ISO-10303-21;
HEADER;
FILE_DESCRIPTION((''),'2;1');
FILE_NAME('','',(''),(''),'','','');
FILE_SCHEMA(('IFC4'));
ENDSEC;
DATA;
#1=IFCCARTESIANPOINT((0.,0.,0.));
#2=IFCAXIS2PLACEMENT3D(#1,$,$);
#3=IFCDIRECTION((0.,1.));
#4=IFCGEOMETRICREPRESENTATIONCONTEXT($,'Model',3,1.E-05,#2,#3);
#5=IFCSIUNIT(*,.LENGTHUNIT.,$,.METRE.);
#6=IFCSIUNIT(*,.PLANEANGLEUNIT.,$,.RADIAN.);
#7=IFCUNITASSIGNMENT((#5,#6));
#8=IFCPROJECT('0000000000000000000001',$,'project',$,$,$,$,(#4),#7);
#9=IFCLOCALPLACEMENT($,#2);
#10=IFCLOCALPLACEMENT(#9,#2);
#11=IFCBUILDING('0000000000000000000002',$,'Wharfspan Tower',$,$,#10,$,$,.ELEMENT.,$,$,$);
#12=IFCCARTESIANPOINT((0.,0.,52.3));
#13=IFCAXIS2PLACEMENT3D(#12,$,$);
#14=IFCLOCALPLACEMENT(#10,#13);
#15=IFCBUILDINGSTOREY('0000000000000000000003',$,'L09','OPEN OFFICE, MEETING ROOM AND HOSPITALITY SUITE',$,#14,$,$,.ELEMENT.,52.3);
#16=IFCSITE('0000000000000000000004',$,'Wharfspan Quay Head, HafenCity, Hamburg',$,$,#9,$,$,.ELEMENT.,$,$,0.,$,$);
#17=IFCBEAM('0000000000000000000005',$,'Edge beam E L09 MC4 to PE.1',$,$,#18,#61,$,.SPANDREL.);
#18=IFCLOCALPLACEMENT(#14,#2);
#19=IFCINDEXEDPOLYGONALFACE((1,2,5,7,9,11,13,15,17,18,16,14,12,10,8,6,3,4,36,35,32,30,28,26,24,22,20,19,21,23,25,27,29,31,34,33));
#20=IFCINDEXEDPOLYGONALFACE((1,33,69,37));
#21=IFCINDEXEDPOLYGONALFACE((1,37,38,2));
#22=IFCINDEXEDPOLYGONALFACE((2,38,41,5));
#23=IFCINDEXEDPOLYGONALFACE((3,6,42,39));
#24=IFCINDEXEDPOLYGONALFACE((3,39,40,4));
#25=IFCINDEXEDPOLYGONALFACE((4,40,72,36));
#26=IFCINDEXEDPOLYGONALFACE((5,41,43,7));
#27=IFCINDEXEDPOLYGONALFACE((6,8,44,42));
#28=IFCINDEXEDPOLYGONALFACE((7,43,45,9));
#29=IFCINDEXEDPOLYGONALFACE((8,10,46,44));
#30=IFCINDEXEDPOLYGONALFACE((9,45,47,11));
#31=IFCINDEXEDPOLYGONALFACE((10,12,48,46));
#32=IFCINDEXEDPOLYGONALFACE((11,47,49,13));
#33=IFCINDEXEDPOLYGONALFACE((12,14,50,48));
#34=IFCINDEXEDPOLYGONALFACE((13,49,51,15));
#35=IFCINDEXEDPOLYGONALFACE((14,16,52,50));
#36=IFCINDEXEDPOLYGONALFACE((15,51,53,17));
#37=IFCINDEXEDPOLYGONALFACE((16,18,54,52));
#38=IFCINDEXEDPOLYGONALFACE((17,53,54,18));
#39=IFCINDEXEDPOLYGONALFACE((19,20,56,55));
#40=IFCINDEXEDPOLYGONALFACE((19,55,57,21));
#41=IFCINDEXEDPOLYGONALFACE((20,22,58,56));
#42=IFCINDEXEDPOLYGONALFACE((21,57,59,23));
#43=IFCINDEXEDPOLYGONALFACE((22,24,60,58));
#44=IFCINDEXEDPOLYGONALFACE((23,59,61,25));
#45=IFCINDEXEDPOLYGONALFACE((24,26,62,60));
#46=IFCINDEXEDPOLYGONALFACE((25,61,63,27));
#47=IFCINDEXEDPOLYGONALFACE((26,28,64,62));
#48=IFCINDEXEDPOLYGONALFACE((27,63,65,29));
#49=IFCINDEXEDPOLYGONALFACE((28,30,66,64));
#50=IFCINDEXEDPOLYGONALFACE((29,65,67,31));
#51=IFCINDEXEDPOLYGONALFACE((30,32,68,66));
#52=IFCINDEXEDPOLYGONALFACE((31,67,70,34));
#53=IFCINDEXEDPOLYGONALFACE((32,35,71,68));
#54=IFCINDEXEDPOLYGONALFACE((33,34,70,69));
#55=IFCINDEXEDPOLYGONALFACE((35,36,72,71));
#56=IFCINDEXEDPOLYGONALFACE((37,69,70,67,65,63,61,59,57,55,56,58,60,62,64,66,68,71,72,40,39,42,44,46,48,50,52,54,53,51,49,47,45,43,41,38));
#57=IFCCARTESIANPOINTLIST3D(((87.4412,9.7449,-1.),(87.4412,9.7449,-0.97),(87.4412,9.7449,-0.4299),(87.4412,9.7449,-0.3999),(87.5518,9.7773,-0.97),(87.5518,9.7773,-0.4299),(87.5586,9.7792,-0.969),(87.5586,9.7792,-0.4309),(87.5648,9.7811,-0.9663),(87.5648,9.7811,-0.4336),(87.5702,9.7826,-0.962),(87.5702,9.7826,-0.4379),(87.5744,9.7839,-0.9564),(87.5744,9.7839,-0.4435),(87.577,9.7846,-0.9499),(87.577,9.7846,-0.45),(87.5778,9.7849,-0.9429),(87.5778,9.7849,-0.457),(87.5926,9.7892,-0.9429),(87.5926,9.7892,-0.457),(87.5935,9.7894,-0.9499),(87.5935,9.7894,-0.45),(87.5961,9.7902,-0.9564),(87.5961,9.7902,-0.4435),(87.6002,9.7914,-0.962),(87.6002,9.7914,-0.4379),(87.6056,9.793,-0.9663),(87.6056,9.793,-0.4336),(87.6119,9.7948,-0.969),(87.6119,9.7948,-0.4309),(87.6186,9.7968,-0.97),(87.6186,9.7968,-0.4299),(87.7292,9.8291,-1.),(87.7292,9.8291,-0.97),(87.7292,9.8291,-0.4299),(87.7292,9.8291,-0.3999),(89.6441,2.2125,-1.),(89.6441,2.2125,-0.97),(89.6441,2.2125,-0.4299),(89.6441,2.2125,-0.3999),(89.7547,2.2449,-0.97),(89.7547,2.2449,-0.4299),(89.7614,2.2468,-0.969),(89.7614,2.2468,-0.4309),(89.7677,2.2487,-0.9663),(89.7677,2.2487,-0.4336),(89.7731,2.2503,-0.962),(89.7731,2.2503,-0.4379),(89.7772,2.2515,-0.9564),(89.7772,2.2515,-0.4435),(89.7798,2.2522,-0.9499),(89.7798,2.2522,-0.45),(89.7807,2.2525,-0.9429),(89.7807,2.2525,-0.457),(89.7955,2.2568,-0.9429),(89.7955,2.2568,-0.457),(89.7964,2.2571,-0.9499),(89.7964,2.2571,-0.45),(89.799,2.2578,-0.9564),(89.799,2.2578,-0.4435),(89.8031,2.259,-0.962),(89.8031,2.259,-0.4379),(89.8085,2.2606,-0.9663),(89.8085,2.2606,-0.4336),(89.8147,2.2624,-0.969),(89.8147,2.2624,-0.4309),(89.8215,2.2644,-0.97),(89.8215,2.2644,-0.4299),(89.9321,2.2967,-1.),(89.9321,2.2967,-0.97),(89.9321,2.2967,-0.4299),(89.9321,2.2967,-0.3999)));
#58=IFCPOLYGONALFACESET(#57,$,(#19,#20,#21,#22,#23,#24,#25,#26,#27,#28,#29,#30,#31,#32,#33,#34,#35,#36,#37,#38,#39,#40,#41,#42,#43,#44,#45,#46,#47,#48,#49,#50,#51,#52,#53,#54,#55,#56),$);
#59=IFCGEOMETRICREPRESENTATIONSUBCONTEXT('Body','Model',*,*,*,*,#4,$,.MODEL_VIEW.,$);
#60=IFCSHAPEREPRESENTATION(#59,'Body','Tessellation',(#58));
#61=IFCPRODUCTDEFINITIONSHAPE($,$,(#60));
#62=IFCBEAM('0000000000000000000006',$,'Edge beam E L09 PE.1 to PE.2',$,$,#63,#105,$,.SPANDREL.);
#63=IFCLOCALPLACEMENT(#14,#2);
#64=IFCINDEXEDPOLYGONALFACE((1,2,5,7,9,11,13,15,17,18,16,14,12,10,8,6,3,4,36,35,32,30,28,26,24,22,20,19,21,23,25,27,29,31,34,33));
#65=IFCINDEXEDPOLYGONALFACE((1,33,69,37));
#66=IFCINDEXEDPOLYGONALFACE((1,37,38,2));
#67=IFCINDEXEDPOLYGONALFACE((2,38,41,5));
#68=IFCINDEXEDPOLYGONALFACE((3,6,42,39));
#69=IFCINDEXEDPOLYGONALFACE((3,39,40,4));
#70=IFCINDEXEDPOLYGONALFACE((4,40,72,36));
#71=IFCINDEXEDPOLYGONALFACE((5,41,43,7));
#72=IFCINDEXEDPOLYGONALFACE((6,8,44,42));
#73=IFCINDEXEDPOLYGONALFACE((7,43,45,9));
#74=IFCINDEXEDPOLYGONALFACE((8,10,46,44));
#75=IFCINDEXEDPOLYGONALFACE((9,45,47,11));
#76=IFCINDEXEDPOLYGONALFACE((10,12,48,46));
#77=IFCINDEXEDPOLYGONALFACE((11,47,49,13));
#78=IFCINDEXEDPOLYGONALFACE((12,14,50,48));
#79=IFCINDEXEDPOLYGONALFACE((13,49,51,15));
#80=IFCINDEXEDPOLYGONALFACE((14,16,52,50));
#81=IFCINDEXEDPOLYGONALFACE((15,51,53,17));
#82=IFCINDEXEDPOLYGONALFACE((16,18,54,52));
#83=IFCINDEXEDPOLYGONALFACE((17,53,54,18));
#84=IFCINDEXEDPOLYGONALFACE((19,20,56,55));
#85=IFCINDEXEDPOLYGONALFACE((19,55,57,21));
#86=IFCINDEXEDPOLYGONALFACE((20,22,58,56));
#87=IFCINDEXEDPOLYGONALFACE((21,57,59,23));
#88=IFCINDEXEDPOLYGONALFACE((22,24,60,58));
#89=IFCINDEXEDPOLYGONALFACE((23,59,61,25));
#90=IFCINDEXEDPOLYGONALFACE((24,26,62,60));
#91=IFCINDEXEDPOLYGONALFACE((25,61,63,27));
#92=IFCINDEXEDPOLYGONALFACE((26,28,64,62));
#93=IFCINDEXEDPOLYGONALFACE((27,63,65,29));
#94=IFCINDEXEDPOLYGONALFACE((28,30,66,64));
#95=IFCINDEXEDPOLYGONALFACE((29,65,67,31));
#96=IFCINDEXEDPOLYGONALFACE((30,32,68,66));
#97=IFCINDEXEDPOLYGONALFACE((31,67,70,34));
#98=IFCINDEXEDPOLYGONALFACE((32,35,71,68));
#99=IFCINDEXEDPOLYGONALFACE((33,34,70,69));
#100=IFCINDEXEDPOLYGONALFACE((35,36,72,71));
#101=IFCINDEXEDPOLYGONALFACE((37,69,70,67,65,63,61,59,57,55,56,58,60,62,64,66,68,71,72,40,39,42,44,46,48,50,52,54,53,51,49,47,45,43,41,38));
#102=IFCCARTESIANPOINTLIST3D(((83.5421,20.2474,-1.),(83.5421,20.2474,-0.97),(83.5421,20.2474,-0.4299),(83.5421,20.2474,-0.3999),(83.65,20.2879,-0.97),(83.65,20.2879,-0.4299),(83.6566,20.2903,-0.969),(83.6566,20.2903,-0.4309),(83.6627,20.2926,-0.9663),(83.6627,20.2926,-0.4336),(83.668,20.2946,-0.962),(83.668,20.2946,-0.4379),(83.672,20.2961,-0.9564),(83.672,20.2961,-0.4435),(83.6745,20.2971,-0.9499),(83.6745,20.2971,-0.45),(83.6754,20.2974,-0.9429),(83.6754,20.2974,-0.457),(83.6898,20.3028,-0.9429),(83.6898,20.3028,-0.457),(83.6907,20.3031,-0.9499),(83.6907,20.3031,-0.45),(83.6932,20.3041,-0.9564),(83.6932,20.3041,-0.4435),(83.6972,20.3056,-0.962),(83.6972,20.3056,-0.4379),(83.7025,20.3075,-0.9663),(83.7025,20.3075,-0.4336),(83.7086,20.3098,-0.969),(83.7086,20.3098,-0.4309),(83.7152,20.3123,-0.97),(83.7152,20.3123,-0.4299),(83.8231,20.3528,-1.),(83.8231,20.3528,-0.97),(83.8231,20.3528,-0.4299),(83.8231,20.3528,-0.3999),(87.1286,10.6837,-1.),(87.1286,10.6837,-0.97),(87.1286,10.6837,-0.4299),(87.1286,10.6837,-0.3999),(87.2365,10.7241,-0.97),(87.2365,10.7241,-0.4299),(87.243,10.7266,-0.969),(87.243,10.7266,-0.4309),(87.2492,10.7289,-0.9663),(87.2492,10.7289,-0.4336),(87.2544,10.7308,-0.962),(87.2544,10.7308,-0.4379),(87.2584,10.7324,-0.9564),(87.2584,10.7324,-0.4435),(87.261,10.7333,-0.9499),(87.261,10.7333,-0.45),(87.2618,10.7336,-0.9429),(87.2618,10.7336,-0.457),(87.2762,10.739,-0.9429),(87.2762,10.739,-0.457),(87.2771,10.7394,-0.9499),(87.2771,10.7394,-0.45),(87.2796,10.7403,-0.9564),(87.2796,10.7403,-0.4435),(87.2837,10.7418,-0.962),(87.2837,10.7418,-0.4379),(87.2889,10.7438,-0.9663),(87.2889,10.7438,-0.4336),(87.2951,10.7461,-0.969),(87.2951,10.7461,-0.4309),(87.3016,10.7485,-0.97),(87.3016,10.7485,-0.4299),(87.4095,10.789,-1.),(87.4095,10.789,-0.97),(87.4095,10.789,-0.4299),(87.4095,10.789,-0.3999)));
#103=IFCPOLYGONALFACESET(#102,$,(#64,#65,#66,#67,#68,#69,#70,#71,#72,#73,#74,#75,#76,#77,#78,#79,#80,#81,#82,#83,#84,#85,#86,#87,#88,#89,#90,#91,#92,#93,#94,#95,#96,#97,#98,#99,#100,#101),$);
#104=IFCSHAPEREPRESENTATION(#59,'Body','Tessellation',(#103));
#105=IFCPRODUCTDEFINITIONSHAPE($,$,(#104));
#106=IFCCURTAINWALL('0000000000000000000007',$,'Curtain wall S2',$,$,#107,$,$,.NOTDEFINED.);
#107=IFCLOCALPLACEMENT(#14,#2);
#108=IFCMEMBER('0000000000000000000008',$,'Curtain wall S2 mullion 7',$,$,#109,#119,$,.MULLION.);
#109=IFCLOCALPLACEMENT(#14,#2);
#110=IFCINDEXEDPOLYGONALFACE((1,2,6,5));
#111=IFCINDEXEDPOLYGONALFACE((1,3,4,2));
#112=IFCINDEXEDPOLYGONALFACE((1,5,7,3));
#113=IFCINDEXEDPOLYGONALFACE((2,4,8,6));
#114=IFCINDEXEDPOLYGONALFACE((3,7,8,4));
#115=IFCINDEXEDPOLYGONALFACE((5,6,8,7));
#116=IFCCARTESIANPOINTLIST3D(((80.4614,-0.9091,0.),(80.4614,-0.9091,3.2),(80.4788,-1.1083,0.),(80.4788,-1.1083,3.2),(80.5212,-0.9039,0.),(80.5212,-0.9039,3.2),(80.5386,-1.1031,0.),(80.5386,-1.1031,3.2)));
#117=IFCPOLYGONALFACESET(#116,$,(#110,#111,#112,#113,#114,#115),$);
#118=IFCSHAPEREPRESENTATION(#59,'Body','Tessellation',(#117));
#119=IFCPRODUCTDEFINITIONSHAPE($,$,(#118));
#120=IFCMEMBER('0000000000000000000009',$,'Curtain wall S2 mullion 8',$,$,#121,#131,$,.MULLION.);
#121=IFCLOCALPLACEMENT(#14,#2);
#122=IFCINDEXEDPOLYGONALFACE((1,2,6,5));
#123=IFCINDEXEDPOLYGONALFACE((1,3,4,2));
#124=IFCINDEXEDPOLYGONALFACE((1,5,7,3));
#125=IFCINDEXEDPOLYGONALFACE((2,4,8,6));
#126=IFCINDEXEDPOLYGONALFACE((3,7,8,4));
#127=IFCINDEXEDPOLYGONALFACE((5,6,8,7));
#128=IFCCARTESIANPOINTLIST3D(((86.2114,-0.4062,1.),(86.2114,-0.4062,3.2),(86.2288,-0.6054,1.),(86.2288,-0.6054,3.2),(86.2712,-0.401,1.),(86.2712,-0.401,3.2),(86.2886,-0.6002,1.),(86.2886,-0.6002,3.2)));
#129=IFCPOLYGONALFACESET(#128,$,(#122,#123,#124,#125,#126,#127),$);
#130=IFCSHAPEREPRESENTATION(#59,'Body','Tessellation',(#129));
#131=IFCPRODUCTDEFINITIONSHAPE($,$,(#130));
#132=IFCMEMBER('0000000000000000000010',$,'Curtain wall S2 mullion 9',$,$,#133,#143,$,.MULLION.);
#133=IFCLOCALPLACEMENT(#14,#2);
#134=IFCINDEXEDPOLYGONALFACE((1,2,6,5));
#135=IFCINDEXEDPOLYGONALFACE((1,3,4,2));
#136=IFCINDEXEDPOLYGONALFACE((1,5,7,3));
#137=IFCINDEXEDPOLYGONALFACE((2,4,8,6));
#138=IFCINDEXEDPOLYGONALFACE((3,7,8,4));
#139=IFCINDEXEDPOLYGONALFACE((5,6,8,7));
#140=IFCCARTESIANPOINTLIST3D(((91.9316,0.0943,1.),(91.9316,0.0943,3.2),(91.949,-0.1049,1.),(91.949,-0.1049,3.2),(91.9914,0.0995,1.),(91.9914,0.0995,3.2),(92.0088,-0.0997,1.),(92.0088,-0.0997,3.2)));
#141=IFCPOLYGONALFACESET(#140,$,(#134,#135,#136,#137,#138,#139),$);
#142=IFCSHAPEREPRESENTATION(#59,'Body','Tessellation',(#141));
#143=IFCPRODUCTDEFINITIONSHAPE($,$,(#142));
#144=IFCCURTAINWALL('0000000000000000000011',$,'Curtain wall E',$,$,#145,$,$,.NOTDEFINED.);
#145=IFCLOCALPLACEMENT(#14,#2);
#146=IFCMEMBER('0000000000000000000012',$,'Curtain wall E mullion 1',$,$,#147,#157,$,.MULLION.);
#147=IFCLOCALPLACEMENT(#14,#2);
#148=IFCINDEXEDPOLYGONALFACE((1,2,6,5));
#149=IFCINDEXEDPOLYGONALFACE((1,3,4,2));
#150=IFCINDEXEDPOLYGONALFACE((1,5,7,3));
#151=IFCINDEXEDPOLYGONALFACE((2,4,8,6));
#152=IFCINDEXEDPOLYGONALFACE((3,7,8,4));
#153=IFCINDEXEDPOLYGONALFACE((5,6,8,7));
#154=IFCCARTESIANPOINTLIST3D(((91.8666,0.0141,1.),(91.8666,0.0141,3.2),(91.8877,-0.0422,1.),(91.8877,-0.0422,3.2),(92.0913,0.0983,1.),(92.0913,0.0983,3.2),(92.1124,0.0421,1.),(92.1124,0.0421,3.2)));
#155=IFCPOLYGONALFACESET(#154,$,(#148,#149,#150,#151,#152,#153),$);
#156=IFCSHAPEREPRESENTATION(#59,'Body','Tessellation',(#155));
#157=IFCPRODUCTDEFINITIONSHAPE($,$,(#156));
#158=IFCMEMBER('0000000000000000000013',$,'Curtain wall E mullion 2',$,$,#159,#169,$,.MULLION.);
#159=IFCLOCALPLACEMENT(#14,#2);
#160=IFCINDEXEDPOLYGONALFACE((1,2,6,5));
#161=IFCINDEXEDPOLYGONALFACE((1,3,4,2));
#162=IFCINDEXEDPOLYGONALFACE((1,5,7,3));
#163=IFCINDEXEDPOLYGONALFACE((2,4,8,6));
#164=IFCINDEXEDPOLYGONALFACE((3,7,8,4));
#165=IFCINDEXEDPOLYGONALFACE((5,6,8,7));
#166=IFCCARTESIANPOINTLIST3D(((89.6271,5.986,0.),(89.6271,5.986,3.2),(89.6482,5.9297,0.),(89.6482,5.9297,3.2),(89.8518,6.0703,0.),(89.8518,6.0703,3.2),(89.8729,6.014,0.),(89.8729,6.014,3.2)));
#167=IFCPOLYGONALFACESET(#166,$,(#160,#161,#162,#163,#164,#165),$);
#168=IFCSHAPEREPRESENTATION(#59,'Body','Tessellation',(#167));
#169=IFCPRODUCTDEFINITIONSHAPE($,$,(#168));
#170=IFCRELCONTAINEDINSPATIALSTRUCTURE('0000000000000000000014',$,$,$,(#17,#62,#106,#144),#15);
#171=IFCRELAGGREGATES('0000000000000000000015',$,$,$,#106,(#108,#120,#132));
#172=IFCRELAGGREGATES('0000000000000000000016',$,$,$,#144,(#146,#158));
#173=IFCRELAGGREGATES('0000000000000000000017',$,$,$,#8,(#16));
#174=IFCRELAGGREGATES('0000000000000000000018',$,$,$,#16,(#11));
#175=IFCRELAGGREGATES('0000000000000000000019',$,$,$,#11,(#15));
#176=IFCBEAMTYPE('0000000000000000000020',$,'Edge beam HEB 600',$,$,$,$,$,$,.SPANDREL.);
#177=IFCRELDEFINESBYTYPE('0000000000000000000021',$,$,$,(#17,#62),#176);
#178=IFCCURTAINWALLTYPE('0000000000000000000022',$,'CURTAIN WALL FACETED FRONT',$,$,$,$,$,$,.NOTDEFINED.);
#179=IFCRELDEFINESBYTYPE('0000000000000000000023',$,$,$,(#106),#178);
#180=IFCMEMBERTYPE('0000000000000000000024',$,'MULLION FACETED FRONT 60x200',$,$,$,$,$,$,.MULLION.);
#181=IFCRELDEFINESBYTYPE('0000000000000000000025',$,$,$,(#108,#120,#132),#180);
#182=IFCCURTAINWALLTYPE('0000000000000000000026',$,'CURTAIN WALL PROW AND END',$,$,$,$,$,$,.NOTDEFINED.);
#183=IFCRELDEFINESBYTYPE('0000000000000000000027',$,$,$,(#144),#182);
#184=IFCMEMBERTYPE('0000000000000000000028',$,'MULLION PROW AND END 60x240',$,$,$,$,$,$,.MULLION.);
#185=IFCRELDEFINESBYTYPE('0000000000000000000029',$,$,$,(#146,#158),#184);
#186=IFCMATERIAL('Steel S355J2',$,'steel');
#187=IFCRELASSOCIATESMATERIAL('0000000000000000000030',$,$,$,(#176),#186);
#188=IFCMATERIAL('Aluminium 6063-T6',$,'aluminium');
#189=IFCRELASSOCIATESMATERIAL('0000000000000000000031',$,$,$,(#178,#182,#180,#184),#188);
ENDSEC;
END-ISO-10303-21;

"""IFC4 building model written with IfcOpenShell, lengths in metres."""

from ifc_helpers import new_model, si_unit, direction, frame, origin, origin_2d, place, context, subcontext, project, spatial, rectangle, i_section, extrude, material, material_profile, profile_set, type_object, element, aggregate, save


model = new_model("IFC4")

# Units and contexts
model_context = context("Model", 3, precision=1e-05, world=origin(), true_north=direction((0.0, 1.0)))
body_context = subcontext(model_context, "Body", "Model", "MODEL_VIEW")
ifc_project = project(units=[si_unit("LENGTHUNIT", "METRE"), si_unit("PLANEANGLEUNIT", "RADIAN")], contexts=[model_context])

# Site, building, storey
site_placement = place(None, origin())
site = spatial("IfcSite", under=ifc_project, at=site_placement, Name="Wharfspan Quay Head, HafenCity, Hamburg", CompositionType="ELEMENT", RefElevation=0.0)
building_placement = place(site_placement, origin())
building = spatial("IfcBuilding", under=site, at=building_placement, Name="Wharfspan Tower", CompositionType="ELEMENT")
storey_placement = place(building_placement, frame((0.0, 0.0, 52.3)))
storey = spatial("IfcBuildingStorey", under=building, at=storey_placement, Name="L09", Description="OPEN OFFICE, MEETING ROOM AND HOSPITALITY SUITE", CompositionType="ELEMENT", Elevation=52.3)

# Shared definitions
ifc_material_1 = material(Name="Steel S355J2", Category="steel")

# Beams
ifc_material_profile_1 = material_profile(ifc_material_1, i_section(OverallWidth=0.3, OverallDepth=0.6001, WebThickness=0.0154, FlangeThickness=0.03, FilletRadius=0.0271, at=origin_2d()))
ifc_profile_set_1 = profile_set([ifc_material_profile_1], Name="Steel S355J2")
beam_type = type_object("IfcBeamType", Name="Edge beam HEB 600", PredefinedType="SPANDREL", material=ifc_profile_set_1)
beam_1_placement = place(storey_placement, frame((89.7881, 2.2546, -0.7), z_axis=(-0.280694, 0.959797, 0.0), x_axis=(-0.959797, -0.280694, 0.0)))
element("IfcBeam", 1, at=beam_1_placement, inside=storey, type_object=beam_type, Name="Edge beam E L09 MC4 to PE.1", PredefinedType="SPANDREL", context=body_context, shape_type="SweptSolid", body=[
    extrude(i_section(OverallWidth=0.3, OverallDepth=0.6001, WebThickness=0.0154, FlangeThickness=0.03, FilletRadius=0.0271, at=origin_2d()), origin(), (0.0, 0.0, 1.0), 7.8479),
])
beam_2_placement = place(storey_placement, frame((87.269, 10.7363, -0.7), z_axis=(-0.351126, 0.936328, 0.0), x_axis=(-0.936328, -0.351126, 0.0)))
element("IfcBeam", 2, at=beam_2_placement, inside=storey, type_object=beam_type, Name="Edge beam E L09 PE.1 to PE.2", PredefinedType="SPANDREL", context=body_context, shape_type="SweptSolid", body=[
    extrude(i_section(OverallWidth=0.3, OverallDepth=0.6001, WebThickness=0.0154, FlangeThickness=0.03, FilletRadius=0.0271, at=origin_2d()), origin(), (0.0, 0.0, 1.0), 10.2141),
])

# Curtain walls, members
ifc_material_2 = material(Name="Aluminium 6063-T6", Category="aluminium")
curtain_wall_type_1 = type_object("IfcCurtainWallType", Name="CURTAIN WALL FACETED FRONT", PredefinedType="NOTDEFINED", material=ifc_material_2)
curtain_wall_1_placement = place(storey_placement, origin())
curtain_wall_1 = element("IfcCurtainWall", 3, at=curtain_wall_1_placement, inside=storey, type_object=curtain_wall_type_1, Name="Curtain wall S2", PredefinedType="NOTDEFINED")
ifc_material_profile_2 = material_profile(ifc_material_2, rectangle(XDim=0.2, YDim=0.0601, at=origin_2d()))
ifc_profile_set_2 = profile_set([ifc_material_profile_2], Name="Aluminium 6063-T6")
member_type_1 = type_object("IfcMemberType", Name="MULLION FACETED FRONT 60x200", PredefinedType="MULLION", material=ifc_profile_set_2)
member_1_placement = place(storey_placement, frame((80.5, -1.0061, 0.0), z_axis=(0.0, 0.0, 1.0), x_axis=(-0.087156, 0.996197, 0.0)))
member_1 = element("IfcMember", 4, at=member_1_placement, type_object=member_type_1, Name="Curtain wall S2 mullion 7", PredefinedType="MULLION", context=body_context, shape_type="SweptSolid", body=[
    extrude(rectangle(XDim=0.2, YDim=0.0601, at=origin_2d()), origin(), (0.0, 0.0, 1.0), 3.2),
])
member_2_placement = place(storey_placement, frame((86.25, -0.5032, 1.0), z_axis=(0.0, 0.0, 1.0), x_axis=(-0.087156, 0.996197, 0.0)))
member_2 = element("IfcMember", 5, at=member_2_placement, type_object=member_type_1, Name="Curtain wall S2 mullion 8", PredefinedType="MULLION", context=body_context, shape_type="SweptSolid", body=[
    extrude(rectangle(XDim=0.2, YDim=0.0601, at=origin_2d()), origin(), (0.0, 0.0, 1.0), 2.2),
])
member_3_placement = place(storey_placement, frame((91.9702, -0.0027, 1.0), z_axis=(0.0, 0.0, 1.0), x_axis=(-0.087156, 0.996197, 0.0)))
member_3 = element("IfcMember", 6, at=member_3_placement, type_object=member_type_1, Name="Curtain wall S2 mullion 9", PredefinedType="MULLION", context=body_context, shape_type="SweptSolid", body=[
    extrude(rectangle(XDim=0.2, YDim=0.0601, at=origin_2d()), origin(), (0.0, 0.0, 1.0), 2.2),
])
curtain_wall_type_2 = type_object("IfcCurtainWallType", Name="CURTAIN WALL PROW AND END", PredefinedType="NOTDEFINED", material=ifc_material_2)
curtain_wall_2_placement = place(storey_placement, origin())
curtain_wall_2 = element("IfcCurtainWall", 7, at=curtain_wall_2_placement, inside=storey, type_object=curtain_wall_type_2, Name="Curtain wall E", PredefinedType="NOTDEFINED")
ifc_material_profile_3 = material_profile(ifc_material_2, rectangle(XDim=0.24, YDim=0.0601, at=origin_2d()))
ifc_profile_set_3 = profile_set([ifc_material_profile_3], Name="Aluminium 6063-T6")
member_type_2 = type_object("IfcMemberType", Name="MULLION PROW AND END 60x240", PredefinedType="MULLION", material=ifc_profile_set_3)
member_4_placement = place(storey_placement, frame((91.9895, 0.0281, 1.0), z_axis=(0.0, 0.0, 1.0), x_axis=(-0.936328, -0.351123, 0.0)))
member_4 = element("IfcMember", 8, at=member_4_placement, type_object=member_type_2, Name="Curtain wall E mullion 1", PredefinedType="MULLION", context=body_context, shape_type="SweptSolid", body=[
    extrude(rectangle(XDim=0.24, YDim=0.0601, at=origin_2d()), origin(), (0.0, 0.0, 1.0), 2.2),
])
member_5_placement = place(storey_placement, frame((89.75, 6.0, 0.0), z_axis=(0.0, 0.0, 1.0), x_axis=(-0.936328, -0.351123, 0.0)))
member_5 = element("IfcMember", 9, at=member_5_placement, type_object=member_type_2, Name="Curtain wall E mullion 2", PredefinedType="MULLION", context=body_context, shape_type="SweptSolid", body=[
    extrude(rectangle(XDim=0.24, YDim=0.0601, at=origin_2d()), origin(), (0.0, 0.0, 1.0), 3.2),
])

aggregate(curtain_wall_1, [member_1, member_2, member_3])
aggregate(curtain_wall_2, [member_4, member_5])

save(model, "model.ifc")
